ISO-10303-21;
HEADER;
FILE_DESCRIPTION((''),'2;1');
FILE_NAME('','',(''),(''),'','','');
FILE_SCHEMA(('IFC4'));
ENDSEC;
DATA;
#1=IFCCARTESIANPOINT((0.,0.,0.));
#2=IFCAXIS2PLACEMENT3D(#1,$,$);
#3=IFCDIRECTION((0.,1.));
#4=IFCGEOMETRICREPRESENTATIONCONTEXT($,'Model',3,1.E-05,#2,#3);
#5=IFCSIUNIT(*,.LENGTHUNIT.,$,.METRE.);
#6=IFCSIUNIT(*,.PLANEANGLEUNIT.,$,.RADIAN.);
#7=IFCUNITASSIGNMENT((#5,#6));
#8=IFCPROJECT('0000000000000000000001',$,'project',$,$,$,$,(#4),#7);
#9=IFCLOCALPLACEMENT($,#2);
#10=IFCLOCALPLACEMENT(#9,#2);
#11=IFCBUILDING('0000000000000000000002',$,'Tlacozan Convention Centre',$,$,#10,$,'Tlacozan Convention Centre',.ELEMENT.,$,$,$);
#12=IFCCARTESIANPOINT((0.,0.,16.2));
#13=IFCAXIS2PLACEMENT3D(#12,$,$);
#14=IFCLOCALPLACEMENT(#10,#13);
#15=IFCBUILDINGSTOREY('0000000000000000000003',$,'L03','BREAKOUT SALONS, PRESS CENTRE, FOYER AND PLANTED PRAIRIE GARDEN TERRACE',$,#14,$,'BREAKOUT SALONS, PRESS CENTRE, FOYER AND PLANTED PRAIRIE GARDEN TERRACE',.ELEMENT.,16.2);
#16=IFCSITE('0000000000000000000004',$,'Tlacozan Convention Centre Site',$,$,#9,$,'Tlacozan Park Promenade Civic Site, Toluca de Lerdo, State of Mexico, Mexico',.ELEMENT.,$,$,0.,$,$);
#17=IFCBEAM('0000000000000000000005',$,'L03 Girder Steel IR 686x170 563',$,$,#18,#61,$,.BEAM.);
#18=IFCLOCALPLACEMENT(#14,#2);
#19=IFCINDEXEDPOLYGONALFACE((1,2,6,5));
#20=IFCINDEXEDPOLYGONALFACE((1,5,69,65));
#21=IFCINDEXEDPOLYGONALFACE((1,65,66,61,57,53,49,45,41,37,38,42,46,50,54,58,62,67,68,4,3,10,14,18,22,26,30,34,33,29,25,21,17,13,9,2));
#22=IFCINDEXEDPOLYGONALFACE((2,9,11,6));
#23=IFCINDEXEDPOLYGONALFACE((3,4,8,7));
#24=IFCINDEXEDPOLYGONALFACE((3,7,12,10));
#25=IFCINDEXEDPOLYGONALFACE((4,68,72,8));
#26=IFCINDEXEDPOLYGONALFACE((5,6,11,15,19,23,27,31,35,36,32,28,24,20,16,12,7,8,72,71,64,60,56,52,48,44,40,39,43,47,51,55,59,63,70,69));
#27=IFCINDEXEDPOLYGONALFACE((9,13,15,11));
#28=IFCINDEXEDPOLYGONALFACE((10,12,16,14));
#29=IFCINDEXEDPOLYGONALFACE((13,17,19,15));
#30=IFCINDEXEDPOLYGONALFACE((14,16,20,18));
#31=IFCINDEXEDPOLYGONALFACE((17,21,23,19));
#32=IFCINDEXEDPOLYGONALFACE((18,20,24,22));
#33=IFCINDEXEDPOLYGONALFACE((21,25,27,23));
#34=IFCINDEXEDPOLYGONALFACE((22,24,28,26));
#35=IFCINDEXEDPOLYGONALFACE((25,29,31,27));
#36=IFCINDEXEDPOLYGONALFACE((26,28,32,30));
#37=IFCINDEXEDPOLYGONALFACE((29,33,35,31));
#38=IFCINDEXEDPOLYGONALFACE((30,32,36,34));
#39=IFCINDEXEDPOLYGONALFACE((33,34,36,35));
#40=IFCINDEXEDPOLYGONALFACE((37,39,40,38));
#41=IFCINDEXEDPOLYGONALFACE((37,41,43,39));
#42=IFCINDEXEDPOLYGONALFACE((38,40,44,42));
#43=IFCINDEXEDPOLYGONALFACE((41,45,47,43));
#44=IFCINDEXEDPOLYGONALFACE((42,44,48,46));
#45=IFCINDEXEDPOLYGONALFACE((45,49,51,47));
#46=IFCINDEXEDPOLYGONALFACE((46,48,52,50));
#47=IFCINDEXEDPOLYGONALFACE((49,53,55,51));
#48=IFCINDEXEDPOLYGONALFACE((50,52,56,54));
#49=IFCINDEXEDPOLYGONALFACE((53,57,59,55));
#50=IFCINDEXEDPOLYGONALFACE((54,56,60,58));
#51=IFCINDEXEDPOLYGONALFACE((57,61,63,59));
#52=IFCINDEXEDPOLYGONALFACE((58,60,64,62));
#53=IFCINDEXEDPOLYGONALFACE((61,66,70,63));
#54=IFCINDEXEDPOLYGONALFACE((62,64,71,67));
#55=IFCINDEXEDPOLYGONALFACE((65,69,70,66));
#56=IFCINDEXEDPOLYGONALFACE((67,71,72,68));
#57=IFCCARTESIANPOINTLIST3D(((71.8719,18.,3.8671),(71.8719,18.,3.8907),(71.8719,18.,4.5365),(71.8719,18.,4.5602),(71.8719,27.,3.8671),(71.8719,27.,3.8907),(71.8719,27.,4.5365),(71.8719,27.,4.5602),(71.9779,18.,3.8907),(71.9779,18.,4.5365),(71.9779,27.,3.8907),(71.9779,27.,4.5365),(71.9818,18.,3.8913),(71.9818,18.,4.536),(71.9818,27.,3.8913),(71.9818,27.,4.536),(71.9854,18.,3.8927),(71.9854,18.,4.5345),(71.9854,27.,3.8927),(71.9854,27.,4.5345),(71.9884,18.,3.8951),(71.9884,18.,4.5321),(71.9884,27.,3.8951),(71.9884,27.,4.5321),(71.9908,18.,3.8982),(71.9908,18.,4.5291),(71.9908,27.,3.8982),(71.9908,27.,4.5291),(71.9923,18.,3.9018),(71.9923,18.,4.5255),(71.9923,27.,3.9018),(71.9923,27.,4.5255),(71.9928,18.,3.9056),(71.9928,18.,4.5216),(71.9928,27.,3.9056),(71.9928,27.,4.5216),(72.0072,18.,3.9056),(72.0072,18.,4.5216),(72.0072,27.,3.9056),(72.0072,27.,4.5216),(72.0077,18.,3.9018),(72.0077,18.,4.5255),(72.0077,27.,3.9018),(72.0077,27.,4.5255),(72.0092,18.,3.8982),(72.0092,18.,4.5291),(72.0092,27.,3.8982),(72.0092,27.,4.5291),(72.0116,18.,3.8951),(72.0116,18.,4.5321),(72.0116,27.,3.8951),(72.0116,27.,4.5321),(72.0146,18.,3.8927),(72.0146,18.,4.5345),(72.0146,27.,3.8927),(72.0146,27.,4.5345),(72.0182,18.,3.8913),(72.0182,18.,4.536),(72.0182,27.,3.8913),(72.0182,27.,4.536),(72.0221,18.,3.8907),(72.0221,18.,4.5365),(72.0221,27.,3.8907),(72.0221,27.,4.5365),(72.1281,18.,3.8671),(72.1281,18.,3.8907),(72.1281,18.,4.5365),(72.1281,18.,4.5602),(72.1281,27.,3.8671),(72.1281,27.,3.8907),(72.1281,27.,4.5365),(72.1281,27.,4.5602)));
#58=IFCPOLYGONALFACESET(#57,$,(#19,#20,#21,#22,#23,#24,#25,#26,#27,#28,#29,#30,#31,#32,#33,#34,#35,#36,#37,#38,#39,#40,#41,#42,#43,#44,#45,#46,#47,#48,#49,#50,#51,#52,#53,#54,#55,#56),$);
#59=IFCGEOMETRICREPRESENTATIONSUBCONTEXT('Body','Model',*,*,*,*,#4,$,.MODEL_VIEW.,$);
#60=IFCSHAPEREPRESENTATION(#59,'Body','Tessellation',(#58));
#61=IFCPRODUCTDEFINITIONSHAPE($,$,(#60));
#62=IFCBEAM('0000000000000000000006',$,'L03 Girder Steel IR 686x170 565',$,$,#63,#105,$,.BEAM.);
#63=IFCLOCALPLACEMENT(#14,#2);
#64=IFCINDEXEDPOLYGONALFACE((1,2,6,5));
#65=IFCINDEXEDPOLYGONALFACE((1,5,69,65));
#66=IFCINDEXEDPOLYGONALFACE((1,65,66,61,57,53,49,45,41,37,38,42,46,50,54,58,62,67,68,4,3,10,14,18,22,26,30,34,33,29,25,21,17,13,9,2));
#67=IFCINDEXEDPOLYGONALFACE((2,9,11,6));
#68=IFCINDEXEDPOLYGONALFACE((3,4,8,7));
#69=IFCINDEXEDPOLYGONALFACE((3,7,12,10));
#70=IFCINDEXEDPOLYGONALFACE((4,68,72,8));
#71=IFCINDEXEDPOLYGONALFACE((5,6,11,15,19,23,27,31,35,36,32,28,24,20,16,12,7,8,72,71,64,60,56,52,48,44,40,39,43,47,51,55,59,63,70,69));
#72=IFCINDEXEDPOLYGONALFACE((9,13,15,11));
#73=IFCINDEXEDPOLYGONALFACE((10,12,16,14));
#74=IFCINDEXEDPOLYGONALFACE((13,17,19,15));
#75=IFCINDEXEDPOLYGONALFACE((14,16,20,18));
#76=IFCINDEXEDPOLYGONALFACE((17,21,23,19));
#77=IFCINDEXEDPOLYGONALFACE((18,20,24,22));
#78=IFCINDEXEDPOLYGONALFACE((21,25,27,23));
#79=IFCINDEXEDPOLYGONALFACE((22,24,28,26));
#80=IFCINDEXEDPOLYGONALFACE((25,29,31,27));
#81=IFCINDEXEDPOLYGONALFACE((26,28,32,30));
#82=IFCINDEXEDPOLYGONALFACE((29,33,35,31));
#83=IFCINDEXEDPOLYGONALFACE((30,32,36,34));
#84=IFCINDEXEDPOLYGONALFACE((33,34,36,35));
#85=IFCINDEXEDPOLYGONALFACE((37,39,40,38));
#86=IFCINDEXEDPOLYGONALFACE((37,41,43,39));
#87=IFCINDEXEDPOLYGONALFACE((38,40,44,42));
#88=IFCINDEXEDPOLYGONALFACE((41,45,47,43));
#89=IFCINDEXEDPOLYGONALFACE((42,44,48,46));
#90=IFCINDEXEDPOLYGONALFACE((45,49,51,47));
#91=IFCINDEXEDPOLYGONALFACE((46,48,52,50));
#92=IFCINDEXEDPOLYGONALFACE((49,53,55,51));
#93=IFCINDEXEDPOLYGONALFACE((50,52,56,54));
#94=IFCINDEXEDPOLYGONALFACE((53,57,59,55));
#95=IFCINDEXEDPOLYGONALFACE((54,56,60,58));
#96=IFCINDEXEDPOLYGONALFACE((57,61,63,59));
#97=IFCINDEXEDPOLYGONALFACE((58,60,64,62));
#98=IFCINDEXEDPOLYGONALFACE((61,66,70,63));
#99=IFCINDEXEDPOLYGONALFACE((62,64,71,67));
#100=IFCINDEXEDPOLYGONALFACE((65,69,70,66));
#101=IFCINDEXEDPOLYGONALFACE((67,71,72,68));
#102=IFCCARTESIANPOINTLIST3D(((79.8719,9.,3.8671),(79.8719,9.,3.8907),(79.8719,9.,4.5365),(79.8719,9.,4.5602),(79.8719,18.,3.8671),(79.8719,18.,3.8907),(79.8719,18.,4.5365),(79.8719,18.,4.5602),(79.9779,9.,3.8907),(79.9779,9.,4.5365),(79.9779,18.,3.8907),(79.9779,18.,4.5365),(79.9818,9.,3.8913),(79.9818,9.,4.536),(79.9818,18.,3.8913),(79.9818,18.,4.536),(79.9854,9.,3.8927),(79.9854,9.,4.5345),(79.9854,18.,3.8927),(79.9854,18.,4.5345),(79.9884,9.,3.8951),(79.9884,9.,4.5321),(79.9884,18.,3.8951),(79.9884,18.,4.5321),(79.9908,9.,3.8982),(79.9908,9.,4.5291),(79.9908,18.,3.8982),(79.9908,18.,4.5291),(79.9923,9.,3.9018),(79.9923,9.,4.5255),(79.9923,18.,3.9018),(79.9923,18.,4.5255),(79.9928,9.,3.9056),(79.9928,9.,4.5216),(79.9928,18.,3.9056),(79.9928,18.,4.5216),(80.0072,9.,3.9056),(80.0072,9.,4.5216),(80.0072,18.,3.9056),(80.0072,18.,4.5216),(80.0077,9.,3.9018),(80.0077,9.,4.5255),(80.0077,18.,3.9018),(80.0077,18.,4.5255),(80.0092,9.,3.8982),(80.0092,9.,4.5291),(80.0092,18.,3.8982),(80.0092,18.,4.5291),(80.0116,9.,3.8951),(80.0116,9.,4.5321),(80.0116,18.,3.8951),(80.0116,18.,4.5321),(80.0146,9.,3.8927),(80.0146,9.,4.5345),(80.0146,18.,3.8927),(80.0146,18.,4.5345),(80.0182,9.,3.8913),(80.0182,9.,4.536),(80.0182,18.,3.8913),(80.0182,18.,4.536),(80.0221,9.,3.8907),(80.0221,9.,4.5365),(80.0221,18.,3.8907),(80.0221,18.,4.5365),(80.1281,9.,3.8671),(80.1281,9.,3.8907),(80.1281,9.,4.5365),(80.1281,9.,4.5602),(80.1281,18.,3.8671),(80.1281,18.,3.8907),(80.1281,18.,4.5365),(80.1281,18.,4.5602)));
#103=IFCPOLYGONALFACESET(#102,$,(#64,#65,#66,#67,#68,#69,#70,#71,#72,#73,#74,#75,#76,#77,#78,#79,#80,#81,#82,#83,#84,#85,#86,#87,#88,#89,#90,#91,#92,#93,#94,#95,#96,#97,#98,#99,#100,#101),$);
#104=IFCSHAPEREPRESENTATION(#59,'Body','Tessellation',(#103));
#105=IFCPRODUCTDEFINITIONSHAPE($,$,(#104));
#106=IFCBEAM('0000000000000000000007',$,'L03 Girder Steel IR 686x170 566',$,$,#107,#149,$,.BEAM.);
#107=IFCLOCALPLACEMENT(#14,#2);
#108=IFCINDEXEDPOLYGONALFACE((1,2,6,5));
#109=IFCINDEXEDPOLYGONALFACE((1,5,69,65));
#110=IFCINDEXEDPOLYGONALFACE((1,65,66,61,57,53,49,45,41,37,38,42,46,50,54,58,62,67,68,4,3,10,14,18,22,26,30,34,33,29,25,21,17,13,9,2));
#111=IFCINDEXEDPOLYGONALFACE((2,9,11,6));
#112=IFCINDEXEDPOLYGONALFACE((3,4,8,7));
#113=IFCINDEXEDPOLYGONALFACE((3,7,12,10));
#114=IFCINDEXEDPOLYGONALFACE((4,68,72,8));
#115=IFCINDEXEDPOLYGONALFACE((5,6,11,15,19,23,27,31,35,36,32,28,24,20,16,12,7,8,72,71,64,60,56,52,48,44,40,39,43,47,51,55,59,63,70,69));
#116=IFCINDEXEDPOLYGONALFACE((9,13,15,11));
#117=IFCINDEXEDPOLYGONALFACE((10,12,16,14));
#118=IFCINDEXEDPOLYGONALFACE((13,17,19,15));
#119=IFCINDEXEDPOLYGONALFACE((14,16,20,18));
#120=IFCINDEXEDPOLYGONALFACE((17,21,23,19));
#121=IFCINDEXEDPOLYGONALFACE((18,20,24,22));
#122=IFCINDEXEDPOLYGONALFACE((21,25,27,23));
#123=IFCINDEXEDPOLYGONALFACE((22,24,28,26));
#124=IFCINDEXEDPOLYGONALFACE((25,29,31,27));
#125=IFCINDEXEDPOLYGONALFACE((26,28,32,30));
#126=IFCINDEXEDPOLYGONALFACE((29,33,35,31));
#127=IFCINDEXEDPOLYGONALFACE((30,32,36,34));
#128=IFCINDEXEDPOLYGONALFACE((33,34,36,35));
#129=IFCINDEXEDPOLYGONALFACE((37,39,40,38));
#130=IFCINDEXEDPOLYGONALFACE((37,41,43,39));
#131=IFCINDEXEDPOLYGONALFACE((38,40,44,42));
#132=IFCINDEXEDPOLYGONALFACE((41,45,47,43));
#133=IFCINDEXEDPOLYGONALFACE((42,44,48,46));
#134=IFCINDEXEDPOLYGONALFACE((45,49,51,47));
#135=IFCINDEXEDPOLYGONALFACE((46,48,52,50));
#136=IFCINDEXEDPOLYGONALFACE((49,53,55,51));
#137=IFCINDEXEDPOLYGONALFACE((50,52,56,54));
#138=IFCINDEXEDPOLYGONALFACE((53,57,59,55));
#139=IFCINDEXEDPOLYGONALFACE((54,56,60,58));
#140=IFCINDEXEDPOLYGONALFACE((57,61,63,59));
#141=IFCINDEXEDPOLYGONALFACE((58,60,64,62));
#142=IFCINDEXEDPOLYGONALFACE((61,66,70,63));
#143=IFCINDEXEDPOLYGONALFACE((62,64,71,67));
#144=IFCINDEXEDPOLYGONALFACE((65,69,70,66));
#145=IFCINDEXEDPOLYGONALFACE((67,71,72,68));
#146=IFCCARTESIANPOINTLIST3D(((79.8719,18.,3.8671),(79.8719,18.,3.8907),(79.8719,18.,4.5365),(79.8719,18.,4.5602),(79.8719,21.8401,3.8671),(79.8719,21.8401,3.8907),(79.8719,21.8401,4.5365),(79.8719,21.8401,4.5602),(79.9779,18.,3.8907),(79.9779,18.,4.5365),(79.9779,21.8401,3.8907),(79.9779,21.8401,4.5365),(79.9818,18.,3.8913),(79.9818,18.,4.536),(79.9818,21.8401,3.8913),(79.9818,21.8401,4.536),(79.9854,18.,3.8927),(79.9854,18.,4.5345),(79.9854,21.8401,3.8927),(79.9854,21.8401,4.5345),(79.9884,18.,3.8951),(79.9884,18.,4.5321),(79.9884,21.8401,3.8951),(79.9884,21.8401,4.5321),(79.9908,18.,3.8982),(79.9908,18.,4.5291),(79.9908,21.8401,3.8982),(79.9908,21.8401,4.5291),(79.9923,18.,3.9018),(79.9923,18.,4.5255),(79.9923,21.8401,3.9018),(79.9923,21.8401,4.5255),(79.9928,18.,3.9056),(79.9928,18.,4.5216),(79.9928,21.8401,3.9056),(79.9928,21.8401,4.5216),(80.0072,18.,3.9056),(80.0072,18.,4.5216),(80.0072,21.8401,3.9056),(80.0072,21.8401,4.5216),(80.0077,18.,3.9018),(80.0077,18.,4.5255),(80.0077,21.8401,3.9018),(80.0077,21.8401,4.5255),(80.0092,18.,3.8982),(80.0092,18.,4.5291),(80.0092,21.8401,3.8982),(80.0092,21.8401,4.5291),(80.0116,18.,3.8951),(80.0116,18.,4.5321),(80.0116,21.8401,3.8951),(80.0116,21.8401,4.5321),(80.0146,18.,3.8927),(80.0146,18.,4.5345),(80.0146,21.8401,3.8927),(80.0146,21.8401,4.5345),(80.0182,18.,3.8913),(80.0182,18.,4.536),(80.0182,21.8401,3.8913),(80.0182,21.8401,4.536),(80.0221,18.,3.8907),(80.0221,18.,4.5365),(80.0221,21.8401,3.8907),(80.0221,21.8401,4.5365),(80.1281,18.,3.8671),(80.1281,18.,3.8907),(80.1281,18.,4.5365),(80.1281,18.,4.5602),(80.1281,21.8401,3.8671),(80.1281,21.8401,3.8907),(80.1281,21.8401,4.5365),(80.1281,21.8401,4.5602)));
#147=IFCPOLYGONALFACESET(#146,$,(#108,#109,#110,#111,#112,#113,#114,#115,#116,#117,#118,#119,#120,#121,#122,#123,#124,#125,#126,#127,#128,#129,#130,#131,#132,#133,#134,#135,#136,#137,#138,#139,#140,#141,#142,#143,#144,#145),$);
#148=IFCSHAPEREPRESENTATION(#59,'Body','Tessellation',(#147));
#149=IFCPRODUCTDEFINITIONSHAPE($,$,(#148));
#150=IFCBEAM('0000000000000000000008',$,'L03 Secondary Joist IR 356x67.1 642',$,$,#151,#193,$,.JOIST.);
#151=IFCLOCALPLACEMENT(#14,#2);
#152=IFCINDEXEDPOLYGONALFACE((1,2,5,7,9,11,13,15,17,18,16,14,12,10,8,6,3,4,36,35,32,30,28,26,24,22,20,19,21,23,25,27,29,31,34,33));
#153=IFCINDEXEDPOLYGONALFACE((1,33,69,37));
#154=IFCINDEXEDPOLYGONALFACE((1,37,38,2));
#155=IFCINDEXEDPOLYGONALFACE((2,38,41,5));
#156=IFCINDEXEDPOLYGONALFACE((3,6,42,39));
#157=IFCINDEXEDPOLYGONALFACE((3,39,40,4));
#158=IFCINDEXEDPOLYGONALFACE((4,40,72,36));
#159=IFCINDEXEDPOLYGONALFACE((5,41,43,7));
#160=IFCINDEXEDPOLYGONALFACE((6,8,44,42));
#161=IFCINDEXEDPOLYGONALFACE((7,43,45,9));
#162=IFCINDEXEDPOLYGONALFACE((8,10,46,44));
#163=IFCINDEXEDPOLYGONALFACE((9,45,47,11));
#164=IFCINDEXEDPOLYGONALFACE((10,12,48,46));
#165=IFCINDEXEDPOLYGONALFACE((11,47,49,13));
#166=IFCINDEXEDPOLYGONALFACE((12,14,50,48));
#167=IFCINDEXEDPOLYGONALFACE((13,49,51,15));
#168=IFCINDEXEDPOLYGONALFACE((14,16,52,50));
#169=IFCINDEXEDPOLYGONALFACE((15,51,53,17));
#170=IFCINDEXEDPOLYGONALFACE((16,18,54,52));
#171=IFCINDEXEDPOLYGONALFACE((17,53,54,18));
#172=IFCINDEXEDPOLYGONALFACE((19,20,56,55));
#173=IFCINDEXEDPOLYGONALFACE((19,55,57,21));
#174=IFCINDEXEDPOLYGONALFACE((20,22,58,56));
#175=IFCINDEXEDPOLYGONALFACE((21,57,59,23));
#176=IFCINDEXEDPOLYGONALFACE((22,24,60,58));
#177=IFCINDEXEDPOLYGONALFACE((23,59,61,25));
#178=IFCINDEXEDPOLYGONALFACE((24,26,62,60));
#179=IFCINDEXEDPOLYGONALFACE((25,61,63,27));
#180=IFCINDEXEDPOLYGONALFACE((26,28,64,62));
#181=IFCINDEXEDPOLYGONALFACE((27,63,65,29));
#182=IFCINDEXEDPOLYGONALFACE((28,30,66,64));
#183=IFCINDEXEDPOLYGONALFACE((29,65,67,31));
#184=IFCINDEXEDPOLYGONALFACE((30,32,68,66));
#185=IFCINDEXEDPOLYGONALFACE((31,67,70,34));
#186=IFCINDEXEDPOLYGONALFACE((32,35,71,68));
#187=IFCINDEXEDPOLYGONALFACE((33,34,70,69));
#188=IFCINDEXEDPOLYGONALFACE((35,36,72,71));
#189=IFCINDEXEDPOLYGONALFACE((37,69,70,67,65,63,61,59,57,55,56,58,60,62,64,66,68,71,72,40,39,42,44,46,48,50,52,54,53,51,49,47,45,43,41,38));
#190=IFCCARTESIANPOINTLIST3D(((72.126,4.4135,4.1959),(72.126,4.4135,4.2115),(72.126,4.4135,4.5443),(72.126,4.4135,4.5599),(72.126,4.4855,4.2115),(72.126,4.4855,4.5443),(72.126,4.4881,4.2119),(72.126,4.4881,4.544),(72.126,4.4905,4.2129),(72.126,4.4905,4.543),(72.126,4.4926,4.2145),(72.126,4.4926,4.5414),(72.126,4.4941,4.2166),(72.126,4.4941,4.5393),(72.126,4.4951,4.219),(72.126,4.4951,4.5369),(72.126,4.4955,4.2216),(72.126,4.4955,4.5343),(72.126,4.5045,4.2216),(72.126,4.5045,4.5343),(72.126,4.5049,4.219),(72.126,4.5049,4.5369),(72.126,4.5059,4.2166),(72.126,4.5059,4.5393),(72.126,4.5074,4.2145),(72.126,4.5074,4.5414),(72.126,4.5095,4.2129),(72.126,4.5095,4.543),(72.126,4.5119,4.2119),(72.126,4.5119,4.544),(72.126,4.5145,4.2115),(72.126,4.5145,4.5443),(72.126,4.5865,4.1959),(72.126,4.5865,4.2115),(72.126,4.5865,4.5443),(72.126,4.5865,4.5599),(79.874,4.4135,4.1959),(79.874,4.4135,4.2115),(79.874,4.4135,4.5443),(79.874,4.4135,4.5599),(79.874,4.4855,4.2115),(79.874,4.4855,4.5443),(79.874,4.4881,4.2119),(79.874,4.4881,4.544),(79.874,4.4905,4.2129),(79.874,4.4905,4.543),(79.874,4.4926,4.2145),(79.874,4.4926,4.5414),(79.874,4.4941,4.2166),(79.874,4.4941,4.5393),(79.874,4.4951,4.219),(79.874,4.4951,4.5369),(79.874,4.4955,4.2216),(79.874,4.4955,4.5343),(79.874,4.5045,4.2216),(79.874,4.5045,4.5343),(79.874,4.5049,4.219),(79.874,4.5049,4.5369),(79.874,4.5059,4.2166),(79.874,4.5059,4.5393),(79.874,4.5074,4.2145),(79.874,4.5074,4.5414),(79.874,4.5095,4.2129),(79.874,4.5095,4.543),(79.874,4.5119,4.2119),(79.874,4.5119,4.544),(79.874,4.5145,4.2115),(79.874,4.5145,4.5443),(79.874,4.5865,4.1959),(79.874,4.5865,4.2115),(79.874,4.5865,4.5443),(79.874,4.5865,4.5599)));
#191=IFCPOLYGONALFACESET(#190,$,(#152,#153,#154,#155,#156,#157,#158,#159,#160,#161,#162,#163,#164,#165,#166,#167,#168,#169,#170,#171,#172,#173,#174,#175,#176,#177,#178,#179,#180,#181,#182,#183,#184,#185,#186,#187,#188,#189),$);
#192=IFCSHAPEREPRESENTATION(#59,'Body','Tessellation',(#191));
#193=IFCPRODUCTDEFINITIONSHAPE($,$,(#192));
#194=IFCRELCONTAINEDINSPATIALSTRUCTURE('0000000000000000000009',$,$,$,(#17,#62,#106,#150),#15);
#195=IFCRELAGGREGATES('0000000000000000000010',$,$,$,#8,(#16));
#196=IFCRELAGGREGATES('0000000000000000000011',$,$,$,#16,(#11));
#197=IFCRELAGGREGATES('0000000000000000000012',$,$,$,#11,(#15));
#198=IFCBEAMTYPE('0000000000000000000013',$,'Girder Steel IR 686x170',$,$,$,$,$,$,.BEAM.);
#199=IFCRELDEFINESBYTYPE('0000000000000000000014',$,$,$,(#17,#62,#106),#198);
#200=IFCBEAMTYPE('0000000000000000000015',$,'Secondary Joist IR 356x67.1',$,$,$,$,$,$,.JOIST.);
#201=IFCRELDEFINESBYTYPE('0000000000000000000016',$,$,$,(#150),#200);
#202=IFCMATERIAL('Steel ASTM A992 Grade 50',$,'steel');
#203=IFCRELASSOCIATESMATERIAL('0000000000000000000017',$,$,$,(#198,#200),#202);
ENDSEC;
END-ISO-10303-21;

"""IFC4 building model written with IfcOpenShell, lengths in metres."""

from ifc_helpers import new_model, si_unit, direction, frame, origin, origin_2d, place, context, subcontext, project, spatial, i_section, extrude, material, material_profile, profile_set, type_object, element, save


model = new_model("IFC4")

# Units and contexts
model_context = context("Model", 3, precision=1e-05, world=origin(), true_north=direction((0.0, 1.0)))
body_context = subcontext(model_context, "Body", "Model", "MODEL_VIEW")
ifc_project = project(units=[si_unit("LENGTHUNIT", "METRE"), si_unit("PLANEANGLEUNIT", "RADIAN")], contexts=[model_context])

# Site, building, storey
site_placement = place(None, origin())
site = spatial("IfcSite", under=ifc_project, at=site_placement, Name="Tlacozan Convention Centre Site", LongName="Tlacozan Park Promenade Civic Site, Toluca de Lerdo, State of Mexico, Mexico", CompositionType="ELEMENT", RefElevation=0.0)
building_placement = place(site_placement, origin())
building = spatial("IfcBuilding", under=site, at=building_placement, Name="Tlacozan Convention Centre", LongName="Tlacozan Convention Centre", CompositionType="ELEMENT")
storey_placement = place(building_placement, frame((0.0, 0.0, 16.2)))
storey = spatial("IfcBuildingStorey", under=building, at=storey_placement, Name="L03", Description="BREAKOUT SALONS, PRESS CENTRE, FOYER AND PLANTED PRAIRIE GARDEN TERRACE", LongName="BREAKOUT SALONS, PRESS CENTRE, FOYER AND PLANTED PRAIRIE GARDEN TERRACE", CompositionType="ELEMENT", Elevation=16.2)

# Beams
ifc_material_1 = material(Name="Steel ASTM A992 Grade 50", Category="steel")
ifc_material_profile_1 = material_profile(ifc_material_1, i_section(OverallWidth=0.2561, OverallDepth=0.6931, WebThickness=0.0144, FlangeThickness=0.0237, FilletRadius=0.0149, at=origin_2d()), Name="IR 686x170.0")
ifc_profile_set_1 = profile_set([ifc_material_profile_1], Name="Steel ASTM A992 Grade 50")
beam_type_1 = type_object("IfcBeamType", Name="Girder Steel IR 686x170", PredefinedType="BEAM", material=ifc_profile_set_1)
for number, where, z_axis, x_axis, name in (
    (1, (72.0, 18.0, 4.2136), (0.0, 1.0, 0.0), (-1.0, 0.0, 0.0), "L03 Girder Steel IR 686x170 563"),
    (2, (80.0, 9.0, 4.2136), (0.0, 1.0, 0.0), (-1.0, 0.0, 0.0), "L03 Girder Steel IR 686x170 565"),
):
    element("IfcBeam", number, at=place(storey_placement, frame(where, z_axis=z_axis, x_axis=x_axis)), inside=storey, type_object=beam_type_1, Name=name, PredefinedType="BEAM", context=body_context, shape_type="SweptSolid", body=[
        extrude(i_section(OverallWidth=0.2561, OverallDepth=0.6931, WebThickness=0.0144, FlangeThickness=0.0237, FilletRadius=0.0149, at=origin_2d()), origin(), (0.0, 0.0, 1.0), 9.0),
    ])
beam_placement = place(storey_placement, frame((80.0, 18.0, 4.2136), z_axis=(0.0, 1.0, 0.0), x_axis=(-1.0, 0.0, 0.0)))
element("IfcBeam", 3, at=beam_placement, inside=storey, type_object=beam_type_1, Name="L03 Girder Steel IR 686x170 566", PredefinedType="BEAM", context=body_context, shape_type="SweptSolid", body=[
    extrude(i_section(OverallWidth=0.2561, OverallDepth=0.6931, WebThickness=0.0144, FlangeThickness=0.0237, FilletRadius=0.0149, at=origin_2d()), origin(), (0.0, 0.0, 1.0), 3.8401),
])
ifc_material_profile_2 = material_profile(ifc_material_1, i_section(OverallWidth=0.1731, OverallDepth=0.364, WebThickness=0.009, FlangeThickness=0.0156, FilletRadius=0.01, at=origin_2d()), Name="IR 356x67.1")
ifc_profile_set_2 = profile_set([ifc_material_profile_2], Name="Steel ASTM A992 Grade 50")
beam_type_2 = type_object("IfcBeamType", Name="Secondary Joist IR 356x67.1", PredefinedType="JOIST", material=ifc_profile_set_2)
for number, where, z_axis, x_axis, name in (
    (4, (72.126, 4.5, 4.3779), (1.0, 0.0, 0.0), (0.0, 1.0, 0.0), "L03 Secondary Joist IR 356x67.1 642"),
):
    element("IfcBeam", number, at=place(storey_placement, frame(where, z_axis=z_axis, x_axis=x_axis)), inside=storey, type_object=beam_type_2, Name=name, PredefinedType="JOIST", context=body_context, shape_type="SweptSolid", body=[
        extrude(i_section(OverallWidth=0.1731, OverallDepth=0.364, WebThickness=0.009, FlangeThickness=0.0156, FilletRadius=0.01, at=origin_2d()), origin(), (0.0, 0.0, 1.0), 7.748),
    ])

save(model, "model.ifc")
